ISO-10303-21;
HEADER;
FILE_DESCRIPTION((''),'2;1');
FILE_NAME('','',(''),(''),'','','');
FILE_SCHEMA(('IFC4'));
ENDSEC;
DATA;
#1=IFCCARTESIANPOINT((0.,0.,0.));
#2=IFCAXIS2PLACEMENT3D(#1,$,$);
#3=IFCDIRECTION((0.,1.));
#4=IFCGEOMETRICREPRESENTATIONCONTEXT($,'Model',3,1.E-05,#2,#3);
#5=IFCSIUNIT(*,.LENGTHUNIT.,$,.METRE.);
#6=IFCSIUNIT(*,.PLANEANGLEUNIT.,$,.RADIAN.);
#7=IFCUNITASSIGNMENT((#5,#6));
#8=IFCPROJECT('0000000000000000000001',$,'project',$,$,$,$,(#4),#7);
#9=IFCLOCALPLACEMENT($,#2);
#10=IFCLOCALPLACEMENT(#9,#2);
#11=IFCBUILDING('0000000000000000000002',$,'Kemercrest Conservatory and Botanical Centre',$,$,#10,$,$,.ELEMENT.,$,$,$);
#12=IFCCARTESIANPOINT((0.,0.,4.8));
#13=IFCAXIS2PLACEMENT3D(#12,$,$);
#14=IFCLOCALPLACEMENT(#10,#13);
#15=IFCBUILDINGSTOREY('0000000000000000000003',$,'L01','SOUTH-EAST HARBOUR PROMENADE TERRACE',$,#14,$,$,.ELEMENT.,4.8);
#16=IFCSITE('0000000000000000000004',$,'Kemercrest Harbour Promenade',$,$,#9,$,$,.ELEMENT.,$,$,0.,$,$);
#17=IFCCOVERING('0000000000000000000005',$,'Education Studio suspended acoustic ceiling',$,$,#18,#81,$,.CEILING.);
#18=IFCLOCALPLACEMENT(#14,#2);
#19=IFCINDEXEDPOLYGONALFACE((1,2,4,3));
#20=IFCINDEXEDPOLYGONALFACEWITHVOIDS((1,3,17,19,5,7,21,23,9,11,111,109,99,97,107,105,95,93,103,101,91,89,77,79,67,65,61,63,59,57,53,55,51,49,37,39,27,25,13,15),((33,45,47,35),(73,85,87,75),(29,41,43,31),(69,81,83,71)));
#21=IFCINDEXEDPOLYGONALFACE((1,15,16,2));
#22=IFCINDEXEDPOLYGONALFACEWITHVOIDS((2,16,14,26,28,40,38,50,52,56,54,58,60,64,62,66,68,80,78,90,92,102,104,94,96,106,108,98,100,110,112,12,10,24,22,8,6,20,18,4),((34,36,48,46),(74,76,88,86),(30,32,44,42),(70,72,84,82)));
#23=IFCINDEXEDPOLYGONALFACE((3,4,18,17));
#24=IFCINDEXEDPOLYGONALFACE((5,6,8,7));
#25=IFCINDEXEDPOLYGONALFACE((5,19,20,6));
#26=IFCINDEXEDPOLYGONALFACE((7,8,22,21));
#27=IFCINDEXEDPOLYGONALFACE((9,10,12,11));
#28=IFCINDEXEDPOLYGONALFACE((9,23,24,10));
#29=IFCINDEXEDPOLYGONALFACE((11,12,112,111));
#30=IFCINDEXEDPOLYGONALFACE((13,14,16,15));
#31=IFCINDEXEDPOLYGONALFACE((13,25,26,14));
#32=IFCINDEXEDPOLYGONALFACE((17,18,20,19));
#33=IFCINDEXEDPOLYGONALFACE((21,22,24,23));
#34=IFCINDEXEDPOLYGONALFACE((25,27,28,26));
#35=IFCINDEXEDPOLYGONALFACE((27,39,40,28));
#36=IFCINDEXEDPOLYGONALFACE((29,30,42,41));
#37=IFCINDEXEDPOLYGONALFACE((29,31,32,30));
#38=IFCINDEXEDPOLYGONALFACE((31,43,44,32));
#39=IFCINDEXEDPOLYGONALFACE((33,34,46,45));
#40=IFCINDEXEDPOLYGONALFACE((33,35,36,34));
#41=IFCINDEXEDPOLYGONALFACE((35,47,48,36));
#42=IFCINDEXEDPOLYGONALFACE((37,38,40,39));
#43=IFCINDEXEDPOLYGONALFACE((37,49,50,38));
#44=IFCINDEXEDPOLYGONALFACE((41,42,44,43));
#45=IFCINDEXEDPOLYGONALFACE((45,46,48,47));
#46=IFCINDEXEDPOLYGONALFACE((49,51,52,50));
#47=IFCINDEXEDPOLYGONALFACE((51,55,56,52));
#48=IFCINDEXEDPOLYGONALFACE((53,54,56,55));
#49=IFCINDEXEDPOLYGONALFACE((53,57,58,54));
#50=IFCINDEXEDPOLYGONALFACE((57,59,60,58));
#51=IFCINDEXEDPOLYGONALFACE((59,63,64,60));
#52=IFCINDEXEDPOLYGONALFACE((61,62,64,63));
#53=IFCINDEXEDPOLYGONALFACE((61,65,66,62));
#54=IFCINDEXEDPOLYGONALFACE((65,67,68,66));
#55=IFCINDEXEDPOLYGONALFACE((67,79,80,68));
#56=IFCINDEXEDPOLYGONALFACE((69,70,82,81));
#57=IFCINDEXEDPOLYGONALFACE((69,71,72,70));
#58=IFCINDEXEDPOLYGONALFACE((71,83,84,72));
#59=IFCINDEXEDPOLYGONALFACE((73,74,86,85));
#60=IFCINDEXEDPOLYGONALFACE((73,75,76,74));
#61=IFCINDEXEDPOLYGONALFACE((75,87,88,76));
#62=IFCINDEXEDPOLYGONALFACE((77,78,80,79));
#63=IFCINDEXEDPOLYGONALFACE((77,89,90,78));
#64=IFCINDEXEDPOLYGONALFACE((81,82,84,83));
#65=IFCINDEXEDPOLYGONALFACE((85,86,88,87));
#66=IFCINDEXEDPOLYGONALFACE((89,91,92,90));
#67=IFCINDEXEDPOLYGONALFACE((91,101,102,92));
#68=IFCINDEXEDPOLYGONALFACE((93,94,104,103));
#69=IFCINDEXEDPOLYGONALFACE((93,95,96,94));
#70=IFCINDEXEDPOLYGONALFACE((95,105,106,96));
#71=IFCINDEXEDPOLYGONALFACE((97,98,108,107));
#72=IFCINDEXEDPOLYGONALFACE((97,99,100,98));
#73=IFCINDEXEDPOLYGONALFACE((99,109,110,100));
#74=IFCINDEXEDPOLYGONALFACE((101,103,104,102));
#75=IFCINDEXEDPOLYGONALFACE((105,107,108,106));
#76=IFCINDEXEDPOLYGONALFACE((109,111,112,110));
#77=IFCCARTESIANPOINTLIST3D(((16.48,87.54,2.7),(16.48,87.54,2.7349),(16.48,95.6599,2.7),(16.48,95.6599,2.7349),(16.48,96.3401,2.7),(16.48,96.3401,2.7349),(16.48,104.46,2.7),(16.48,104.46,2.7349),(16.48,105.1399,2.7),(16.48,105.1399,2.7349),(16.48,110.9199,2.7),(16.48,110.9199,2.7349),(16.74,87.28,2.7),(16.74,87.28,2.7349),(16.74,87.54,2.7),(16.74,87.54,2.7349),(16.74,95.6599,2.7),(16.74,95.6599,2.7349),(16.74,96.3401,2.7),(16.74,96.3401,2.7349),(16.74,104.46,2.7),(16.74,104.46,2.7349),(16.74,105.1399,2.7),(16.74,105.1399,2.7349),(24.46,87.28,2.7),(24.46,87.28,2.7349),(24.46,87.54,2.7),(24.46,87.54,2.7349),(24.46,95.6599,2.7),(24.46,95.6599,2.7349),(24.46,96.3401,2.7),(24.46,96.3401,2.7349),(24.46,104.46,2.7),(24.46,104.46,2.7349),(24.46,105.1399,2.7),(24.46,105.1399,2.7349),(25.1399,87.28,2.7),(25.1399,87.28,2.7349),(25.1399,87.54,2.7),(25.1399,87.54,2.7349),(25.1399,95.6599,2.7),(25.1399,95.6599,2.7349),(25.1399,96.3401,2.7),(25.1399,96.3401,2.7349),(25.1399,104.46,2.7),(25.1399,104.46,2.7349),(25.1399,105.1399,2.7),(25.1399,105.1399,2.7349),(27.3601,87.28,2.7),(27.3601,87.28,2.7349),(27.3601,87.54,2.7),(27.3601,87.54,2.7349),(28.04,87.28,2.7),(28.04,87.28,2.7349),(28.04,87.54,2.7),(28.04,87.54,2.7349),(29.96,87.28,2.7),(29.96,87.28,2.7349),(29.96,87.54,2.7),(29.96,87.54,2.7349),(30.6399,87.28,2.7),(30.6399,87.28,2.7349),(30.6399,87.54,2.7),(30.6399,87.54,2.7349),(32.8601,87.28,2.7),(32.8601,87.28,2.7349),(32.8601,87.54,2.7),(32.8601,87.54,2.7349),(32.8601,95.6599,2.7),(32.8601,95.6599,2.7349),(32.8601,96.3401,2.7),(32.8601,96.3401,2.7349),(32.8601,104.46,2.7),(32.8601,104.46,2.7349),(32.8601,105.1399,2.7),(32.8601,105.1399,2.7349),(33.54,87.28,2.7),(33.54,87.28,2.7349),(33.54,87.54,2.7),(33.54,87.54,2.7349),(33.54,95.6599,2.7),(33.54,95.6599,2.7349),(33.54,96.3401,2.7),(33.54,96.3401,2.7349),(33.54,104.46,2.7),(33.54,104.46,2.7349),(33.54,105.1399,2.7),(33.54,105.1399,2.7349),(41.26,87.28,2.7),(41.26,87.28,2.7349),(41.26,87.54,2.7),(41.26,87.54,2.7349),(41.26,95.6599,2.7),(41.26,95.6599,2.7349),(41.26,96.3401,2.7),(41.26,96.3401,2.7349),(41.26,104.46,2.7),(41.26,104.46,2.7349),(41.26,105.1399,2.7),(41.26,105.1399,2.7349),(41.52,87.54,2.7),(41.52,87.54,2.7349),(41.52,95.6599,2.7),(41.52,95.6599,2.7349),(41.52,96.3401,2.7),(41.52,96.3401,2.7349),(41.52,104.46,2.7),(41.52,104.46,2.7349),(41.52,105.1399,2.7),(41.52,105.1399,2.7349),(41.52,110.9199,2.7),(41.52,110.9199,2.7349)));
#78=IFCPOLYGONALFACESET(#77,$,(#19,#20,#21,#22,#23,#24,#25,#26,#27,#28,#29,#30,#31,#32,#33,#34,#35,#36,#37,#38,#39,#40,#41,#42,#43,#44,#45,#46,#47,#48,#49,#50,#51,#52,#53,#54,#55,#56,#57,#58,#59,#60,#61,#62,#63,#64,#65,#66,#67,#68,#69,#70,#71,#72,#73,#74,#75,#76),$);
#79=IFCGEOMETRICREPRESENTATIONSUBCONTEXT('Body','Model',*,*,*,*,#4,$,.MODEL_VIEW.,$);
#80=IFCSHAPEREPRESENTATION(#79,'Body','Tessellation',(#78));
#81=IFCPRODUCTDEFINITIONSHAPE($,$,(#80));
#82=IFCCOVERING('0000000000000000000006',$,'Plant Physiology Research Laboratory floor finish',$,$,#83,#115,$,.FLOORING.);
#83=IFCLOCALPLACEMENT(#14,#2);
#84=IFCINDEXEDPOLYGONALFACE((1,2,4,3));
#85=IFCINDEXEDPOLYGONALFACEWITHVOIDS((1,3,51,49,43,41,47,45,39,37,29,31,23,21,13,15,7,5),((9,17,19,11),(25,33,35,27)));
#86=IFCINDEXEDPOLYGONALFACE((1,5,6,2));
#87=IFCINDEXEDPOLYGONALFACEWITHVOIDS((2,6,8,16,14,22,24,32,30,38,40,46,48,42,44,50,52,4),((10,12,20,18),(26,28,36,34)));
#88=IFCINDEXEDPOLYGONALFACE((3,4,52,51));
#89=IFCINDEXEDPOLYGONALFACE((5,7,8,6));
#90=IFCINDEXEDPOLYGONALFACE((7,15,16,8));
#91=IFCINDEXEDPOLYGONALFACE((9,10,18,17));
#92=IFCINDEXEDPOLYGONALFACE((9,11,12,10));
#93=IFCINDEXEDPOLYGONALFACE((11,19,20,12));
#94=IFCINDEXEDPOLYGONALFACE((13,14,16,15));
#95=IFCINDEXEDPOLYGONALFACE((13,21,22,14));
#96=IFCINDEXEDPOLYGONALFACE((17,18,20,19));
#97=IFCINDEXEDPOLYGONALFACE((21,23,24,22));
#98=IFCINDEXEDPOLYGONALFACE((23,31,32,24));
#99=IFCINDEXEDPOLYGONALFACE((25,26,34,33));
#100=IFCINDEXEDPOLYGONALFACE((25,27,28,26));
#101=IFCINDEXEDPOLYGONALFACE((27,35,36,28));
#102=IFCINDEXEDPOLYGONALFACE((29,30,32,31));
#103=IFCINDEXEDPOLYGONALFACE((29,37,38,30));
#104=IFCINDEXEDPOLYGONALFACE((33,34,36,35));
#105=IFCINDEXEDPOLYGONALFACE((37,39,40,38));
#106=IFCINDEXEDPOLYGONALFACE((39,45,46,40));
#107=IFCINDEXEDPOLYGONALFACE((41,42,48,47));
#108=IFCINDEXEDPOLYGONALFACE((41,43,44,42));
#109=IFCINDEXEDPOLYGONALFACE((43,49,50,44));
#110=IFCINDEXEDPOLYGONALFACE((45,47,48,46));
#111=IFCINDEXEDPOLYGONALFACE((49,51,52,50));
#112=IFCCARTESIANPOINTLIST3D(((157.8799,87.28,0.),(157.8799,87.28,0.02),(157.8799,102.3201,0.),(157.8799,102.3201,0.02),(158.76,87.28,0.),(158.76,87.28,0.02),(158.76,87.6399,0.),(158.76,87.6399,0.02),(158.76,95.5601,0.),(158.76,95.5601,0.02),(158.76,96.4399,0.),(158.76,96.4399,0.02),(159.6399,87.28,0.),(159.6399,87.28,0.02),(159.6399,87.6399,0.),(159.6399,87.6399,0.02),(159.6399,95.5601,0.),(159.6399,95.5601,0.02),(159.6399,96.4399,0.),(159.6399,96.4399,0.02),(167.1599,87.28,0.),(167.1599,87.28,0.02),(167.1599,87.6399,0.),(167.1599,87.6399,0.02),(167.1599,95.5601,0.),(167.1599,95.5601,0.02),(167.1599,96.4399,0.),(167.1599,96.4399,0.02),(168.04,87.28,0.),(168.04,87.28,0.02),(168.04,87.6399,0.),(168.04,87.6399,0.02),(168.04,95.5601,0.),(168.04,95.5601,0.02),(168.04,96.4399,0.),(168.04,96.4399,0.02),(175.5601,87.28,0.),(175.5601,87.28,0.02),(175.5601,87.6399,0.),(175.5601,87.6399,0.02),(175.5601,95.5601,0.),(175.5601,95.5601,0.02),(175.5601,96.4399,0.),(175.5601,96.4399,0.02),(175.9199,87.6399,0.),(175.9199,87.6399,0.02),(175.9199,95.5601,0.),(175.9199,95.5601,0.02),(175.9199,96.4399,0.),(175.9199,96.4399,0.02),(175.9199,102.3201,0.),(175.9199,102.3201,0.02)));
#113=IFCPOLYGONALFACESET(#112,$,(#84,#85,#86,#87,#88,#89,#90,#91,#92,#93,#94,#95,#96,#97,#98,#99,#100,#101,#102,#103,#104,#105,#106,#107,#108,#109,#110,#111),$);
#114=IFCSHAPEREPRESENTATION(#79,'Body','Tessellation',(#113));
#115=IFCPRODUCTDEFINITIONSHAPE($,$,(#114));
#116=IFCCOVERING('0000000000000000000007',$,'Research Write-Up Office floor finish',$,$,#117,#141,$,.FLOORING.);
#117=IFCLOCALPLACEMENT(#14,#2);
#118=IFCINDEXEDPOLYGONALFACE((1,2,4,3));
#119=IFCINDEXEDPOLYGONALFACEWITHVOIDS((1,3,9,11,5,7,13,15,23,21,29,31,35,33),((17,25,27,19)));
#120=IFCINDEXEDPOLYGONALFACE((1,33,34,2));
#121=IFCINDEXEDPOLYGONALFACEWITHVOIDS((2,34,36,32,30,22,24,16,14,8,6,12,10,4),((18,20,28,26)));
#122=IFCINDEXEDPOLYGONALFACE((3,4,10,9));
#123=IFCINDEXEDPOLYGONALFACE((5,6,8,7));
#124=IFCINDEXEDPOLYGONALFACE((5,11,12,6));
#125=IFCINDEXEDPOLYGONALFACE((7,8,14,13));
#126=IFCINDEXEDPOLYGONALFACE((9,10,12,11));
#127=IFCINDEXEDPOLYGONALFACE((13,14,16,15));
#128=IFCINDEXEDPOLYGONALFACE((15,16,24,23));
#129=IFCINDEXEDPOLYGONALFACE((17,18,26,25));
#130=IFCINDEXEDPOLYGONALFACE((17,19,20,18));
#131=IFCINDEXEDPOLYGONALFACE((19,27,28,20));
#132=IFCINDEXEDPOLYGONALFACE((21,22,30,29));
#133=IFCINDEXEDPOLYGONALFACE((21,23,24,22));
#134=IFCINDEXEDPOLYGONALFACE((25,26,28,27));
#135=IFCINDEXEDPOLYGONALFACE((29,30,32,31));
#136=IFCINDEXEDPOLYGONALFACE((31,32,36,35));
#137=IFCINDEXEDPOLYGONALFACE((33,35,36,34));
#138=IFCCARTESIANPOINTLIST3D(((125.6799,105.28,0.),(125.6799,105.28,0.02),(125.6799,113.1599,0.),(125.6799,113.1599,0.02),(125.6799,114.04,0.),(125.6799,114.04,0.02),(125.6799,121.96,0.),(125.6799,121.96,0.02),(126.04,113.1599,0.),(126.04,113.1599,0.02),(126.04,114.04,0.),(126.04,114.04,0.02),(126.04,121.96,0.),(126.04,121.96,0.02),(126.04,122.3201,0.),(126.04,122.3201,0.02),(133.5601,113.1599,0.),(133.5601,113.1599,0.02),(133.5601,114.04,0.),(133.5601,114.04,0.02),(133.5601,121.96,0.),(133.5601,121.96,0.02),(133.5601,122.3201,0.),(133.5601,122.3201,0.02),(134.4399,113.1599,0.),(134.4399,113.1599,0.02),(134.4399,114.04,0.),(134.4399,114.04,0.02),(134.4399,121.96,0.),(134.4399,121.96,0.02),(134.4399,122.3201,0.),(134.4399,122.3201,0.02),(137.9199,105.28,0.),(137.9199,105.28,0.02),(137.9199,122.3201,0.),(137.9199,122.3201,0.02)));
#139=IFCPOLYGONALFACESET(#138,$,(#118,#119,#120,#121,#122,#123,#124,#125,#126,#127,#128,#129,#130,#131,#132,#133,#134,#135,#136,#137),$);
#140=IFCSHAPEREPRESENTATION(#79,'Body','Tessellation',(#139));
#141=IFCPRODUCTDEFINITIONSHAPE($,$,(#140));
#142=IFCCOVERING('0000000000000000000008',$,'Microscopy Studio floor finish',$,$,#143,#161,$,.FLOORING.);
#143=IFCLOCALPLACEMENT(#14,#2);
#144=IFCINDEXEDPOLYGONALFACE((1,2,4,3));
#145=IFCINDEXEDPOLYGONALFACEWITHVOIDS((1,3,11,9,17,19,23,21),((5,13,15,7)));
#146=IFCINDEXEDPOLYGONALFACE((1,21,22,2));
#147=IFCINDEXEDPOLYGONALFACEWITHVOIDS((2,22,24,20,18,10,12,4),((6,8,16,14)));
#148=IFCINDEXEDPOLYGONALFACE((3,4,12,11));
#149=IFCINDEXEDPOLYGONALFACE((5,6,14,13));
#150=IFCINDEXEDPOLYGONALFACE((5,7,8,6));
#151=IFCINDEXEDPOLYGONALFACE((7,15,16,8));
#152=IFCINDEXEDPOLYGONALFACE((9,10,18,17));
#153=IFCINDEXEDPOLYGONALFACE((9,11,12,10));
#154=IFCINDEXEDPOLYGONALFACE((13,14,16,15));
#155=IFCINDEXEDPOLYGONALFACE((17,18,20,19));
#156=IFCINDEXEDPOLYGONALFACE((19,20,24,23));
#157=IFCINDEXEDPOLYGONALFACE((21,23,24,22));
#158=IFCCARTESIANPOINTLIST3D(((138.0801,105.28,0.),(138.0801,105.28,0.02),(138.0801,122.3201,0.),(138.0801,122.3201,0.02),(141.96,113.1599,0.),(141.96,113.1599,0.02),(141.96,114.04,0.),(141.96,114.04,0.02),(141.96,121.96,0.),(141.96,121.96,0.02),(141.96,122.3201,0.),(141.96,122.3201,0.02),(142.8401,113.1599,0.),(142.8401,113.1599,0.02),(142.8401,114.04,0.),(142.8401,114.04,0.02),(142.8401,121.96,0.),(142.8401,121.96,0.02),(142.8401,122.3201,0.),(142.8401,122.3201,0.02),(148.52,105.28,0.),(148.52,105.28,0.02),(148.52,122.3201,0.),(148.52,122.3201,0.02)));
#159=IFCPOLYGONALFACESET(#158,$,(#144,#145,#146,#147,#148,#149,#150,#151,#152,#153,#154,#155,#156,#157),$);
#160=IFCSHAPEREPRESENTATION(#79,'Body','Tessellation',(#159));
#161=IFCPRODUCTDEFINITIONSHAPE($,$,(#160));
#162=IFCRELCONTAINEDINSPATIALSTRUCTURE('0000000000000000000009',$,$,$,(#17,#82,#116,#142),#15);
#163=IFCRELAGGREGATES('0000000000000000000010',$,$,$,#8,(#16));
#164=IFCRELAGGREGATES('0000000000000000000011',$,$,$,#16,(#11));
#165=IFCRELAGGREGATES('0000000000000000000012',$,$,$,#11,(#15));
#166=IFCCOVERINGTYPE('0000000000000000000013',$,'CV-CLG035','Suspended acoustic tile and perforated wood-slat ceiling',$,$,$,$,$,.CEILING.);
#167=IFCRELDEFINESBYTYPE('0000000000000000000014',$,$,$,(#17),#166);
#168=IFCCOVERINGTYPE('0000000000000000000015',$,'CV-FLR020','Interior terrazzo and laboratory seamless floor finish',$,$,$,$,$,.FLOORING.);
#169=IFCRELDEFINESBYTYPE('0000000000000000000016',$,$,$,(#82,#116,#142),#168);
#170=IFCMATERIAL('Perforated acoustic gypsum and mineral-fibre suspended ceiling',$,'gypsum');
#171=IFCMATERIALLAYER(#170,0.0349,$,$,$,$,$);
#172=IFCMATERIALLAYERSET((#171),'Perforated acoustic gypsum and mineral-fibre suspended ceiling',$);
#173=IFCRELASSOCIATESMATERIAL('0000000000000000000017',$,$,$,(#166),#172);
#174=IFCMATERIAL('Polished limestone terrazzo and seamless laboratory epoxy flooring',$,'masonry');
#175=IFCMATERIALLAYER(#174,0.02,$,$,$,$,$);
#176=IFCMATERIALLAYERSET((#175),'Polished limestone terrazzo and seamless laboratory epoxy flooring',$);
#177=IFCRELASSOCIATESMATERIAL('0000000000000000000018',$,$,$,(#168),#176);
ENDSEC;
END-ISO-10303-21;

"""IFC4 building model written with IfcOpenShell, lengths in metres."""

from ifc_helpers import new_model, si_unit, direction, frame, origin, place, context, subcontext, project, spatial, polyline, outline, extrude, material, layer, layer_set, type_object, element, save


model = new_model("IFC4")

# Units and contexts
model_context = context("Model", 3, precision=1e-05, world=origin(), true_north=direction((0.0, 1.0)))
body_context = subcontext(model_context, "Body", "Model", "MODEL_VIEW")
ifc_project = project(units=[si_unit("LENGTHUNIT", "METRE"), si_unit("PLANEANGLEUNIT", "RADIAN")], contexts=[model_context])

# Site, building, storey
site_placement = place(None, origin())
site = spatial("IfcSite", under=ifc_project, at=site_placement, Name="Kemercrest Harbour Promenade", CompositionType="ELEMENT", RefElevation=0.0)
building_placement = place(site_placement, origin())
building = spatial("IfcBuilding", under=site, at=building_placement, Name="Kemercrest Conservatory and Botanical Centre", CompositionType="ELEMENT")
storey_placement = place(building_placement, frame((0.0, 0.0, 4.8)))
storey = spatial("IfcBuildingStorey", under=building, at=storey_placement, Name="L01", Description="SOUTH-EAST HARBOUR PROMENADE TERRACE", CompositionType="ELEMENT", Elevation=4.8)

# Coverings
ifc_material_1 = material(Name="Perforated acoustic gypsum and mineral-fibre suspended ceiling", Category="gypsum")
ifc_layer_1 = layer(ifc_material_1, 0.0349)
ifc_layer_set_1 = layer_set([ifc_layer_1], Name="Perforated acoustic gypsum and mineral-fibre suspended ceiling")
covering_type_1 = type_object("IfcCoveringType", Name="CV-CLG035", Description="Suspended acoustic tile and perforated wood-slat ceiling", PredefinedType="CEILING", material=ifc_layer_set_1)
covering_1_placement = place(storey_placement, frame((0.0, 0.0, 2.7)))
element("IfcCovering", 1, at=covering_1_placement, inside=storey, type_object=covering_type_1, Name="Education Studio suspended acoustic ceiling", PredefinedType="CEILING", context=body_context, shape_type="SweptSolid", body=[
    extrude(outline(polyline([(32.8601, 87.54), (33.54, 87.54), (33.54, 87.28), (41.26, 87.28), (41.26, 87.54), (41.52, 87.54), (41.52, 95.6599), (41.26, 95.6599), (41.26, 96.3401), (41.52, 96.3401), (41.52, 104.46), (41.26, 104.46), (41.26, 105.1399), (41.52, 105.1399), (41.52, 110.9199), (16.48, 110.9199), (16.48, 105.1399), (16.74, 105.1399), (16.74, 104.46), (16.48, 104.46), (16.48, 96.3401), (16.74, 96.3401), (16.74, 95.6599), (16.48, 95.6599), (16.48, 87.54), (16.74, 87.54), (16.74, 87.28), (24.46, 87.28), (24.46, 87.54), (25.1399, 87.54), (25.1399, 87.28), (27.3601, 87.28), (27.3601, 87.54), (28.04, 87.54), (28.04, 87.28), (29.96, 87.28), (29.96, 87.54), (30.6399, 87.54), (30.6399, 87.28), (32.8601, 87.28), (32.8601, 87.54)]), holes=[polyline([(32.8601, 104.46), (32.8601, 105.1399), (33.54, 105.1399), (33.54, 104.46), (32.8601, 104.46)]), polyline([(33.54, 95.6599), (32.8601, 95.6599), (32.8601, 96.3401), (33.54, 96.3401), (33.54, 95.6599)]), polyline([(24.46, 95.6599), (24.46, 96.3401), (25.1399, 96.3401), (25.1399, 95.6599), (24.46, 95.6599)]), polyline([(25.1399, 104.46), (24.46, 104.46), (24.46, 105.1399), (25.1399, 105.1399), (25.1399, 104.46)])]), origin(), (0.0, 0.0, 1.0), 0.0349),
])
ifc_material_2 = material(Name="Polished limestone terrazzo and seamless laboratory epoxy flooring", Category="masonry")
ifc_layer_2 = layer(ifc_material_2, 0.02)
ifc_layer_set_2 = layer_set([ifc_layer_2], Name="Polished limestone terrazzo and seamless laboratory epoxy flooring")
covering_type_2 = type_object("IfcCoveringType", Name="CV-FLR020", Description="Interior terrazzo and laboratory seamless floor finish", PredefinedType="FLOORING", material=ifc_layer_set_2)
covering_2_placement = place(storey_placement, origin())
element("IfcCovering", 2, at=covering_2_placement, inside=storey, type_object=covering_type_2, Name="Plant Physiology Research Laboratory floor finish", PredefinedType="FLOORING", context=body_context, shape_type="SweptSolid", body=[
    extrude(outline(polyline([(167.1599, 87.6399), (168.04, 87.6399), (168.04, 87.28), (175.5601, 87.28), (175.5601, 87.6399), (175.9199, 87.6399), (175.9199, 95.5601), (175.5601, 95.5601), (175.5601, 96.4399), (175.9199, 96.4399), (175.9199, 102.3201), (157.8799, 102.3201), (157.8799, 87.28), (158.76, 87.28), (158.76, 87.6399), (159.6399, 87.6399), (159.6399, 87.28), (167.1599, 87.28), (167.1599, 87.6399)]), holes=[polyline([(167.1599, 95.5601), (167.1599, 96.4399), (168.04, 96.4399), (168.04, 95.5601), (167.1599, 95.5601)]), polyline([(158.76, 95.5601), (158.76, 96.4399), (159.6399, 96.4399), (159.6399, 95.5601), (158.76, 95.5601)])]), origin(), (0.0, 0.0, 1.0), 0.02),
])
covering_3_placement = place(storey_placement, origin())
element("IfcCovering", 3, at=covering_3_placement, inside=storey, type_object=covering_type_2, Name="Research Write-Up Office floor finish", PredefinedType="FLOORING", context=body_context, shape_type="SweptSolid", body=[
    extrude(outline(polyline([(126.04, 113.1599), (125.6799, 113.1599), (125.6799, 105.28), (137.9199, 105.28), (137.9199, 122.3201), (134.4399, 122.3201), (134.4399, 121.96), (133.5601, 121.96), (133.5601, 122.3201), (126.04, 122.3201), (126.04, 121.96), (125.6799, 121.96), (125.6799, 114.04), (126.04, 114.04), (126.04, 113.1599)]), holes=[polyline([(133.5601, 113.1599), (133.5601, 114.04), (134.4399, 114.04), (134.4399, 113.1599), (133.5601, 113.1599)])]), origin(), (0.0, 0.0, 1.0), 0.02),
])
covering_4_placement = place(storey_placement, origin())
element("IfcCovering", 4, at=covering_4_placement, inside=storey, type_object=covering_type_2, Name="Microscopy Studio floor finish", PredefinedType="FLOORING", context=body_context, shape_type="SweptSolid", body=[
    extrude(outline(polyline([(141.96, 122.3201), (138.0801, 122.3201), (138.0801, 105.28), (148.52, 105.28), (148.52, 122.3201), (142.8401, 122.3201), (142.8401, 121.96), (141.96, 121.96), (141.96, 122.3201)]), holes=[polyline([(142.8401, 113.1599), (141.96, 113.1599), (141.96, 114.04), (142.8401, 114.04), (142.8401, 113.1599)])]), origin(), (0.0, 0.0, 1.0), 0.02),
])

save(model, "model.ifc")
